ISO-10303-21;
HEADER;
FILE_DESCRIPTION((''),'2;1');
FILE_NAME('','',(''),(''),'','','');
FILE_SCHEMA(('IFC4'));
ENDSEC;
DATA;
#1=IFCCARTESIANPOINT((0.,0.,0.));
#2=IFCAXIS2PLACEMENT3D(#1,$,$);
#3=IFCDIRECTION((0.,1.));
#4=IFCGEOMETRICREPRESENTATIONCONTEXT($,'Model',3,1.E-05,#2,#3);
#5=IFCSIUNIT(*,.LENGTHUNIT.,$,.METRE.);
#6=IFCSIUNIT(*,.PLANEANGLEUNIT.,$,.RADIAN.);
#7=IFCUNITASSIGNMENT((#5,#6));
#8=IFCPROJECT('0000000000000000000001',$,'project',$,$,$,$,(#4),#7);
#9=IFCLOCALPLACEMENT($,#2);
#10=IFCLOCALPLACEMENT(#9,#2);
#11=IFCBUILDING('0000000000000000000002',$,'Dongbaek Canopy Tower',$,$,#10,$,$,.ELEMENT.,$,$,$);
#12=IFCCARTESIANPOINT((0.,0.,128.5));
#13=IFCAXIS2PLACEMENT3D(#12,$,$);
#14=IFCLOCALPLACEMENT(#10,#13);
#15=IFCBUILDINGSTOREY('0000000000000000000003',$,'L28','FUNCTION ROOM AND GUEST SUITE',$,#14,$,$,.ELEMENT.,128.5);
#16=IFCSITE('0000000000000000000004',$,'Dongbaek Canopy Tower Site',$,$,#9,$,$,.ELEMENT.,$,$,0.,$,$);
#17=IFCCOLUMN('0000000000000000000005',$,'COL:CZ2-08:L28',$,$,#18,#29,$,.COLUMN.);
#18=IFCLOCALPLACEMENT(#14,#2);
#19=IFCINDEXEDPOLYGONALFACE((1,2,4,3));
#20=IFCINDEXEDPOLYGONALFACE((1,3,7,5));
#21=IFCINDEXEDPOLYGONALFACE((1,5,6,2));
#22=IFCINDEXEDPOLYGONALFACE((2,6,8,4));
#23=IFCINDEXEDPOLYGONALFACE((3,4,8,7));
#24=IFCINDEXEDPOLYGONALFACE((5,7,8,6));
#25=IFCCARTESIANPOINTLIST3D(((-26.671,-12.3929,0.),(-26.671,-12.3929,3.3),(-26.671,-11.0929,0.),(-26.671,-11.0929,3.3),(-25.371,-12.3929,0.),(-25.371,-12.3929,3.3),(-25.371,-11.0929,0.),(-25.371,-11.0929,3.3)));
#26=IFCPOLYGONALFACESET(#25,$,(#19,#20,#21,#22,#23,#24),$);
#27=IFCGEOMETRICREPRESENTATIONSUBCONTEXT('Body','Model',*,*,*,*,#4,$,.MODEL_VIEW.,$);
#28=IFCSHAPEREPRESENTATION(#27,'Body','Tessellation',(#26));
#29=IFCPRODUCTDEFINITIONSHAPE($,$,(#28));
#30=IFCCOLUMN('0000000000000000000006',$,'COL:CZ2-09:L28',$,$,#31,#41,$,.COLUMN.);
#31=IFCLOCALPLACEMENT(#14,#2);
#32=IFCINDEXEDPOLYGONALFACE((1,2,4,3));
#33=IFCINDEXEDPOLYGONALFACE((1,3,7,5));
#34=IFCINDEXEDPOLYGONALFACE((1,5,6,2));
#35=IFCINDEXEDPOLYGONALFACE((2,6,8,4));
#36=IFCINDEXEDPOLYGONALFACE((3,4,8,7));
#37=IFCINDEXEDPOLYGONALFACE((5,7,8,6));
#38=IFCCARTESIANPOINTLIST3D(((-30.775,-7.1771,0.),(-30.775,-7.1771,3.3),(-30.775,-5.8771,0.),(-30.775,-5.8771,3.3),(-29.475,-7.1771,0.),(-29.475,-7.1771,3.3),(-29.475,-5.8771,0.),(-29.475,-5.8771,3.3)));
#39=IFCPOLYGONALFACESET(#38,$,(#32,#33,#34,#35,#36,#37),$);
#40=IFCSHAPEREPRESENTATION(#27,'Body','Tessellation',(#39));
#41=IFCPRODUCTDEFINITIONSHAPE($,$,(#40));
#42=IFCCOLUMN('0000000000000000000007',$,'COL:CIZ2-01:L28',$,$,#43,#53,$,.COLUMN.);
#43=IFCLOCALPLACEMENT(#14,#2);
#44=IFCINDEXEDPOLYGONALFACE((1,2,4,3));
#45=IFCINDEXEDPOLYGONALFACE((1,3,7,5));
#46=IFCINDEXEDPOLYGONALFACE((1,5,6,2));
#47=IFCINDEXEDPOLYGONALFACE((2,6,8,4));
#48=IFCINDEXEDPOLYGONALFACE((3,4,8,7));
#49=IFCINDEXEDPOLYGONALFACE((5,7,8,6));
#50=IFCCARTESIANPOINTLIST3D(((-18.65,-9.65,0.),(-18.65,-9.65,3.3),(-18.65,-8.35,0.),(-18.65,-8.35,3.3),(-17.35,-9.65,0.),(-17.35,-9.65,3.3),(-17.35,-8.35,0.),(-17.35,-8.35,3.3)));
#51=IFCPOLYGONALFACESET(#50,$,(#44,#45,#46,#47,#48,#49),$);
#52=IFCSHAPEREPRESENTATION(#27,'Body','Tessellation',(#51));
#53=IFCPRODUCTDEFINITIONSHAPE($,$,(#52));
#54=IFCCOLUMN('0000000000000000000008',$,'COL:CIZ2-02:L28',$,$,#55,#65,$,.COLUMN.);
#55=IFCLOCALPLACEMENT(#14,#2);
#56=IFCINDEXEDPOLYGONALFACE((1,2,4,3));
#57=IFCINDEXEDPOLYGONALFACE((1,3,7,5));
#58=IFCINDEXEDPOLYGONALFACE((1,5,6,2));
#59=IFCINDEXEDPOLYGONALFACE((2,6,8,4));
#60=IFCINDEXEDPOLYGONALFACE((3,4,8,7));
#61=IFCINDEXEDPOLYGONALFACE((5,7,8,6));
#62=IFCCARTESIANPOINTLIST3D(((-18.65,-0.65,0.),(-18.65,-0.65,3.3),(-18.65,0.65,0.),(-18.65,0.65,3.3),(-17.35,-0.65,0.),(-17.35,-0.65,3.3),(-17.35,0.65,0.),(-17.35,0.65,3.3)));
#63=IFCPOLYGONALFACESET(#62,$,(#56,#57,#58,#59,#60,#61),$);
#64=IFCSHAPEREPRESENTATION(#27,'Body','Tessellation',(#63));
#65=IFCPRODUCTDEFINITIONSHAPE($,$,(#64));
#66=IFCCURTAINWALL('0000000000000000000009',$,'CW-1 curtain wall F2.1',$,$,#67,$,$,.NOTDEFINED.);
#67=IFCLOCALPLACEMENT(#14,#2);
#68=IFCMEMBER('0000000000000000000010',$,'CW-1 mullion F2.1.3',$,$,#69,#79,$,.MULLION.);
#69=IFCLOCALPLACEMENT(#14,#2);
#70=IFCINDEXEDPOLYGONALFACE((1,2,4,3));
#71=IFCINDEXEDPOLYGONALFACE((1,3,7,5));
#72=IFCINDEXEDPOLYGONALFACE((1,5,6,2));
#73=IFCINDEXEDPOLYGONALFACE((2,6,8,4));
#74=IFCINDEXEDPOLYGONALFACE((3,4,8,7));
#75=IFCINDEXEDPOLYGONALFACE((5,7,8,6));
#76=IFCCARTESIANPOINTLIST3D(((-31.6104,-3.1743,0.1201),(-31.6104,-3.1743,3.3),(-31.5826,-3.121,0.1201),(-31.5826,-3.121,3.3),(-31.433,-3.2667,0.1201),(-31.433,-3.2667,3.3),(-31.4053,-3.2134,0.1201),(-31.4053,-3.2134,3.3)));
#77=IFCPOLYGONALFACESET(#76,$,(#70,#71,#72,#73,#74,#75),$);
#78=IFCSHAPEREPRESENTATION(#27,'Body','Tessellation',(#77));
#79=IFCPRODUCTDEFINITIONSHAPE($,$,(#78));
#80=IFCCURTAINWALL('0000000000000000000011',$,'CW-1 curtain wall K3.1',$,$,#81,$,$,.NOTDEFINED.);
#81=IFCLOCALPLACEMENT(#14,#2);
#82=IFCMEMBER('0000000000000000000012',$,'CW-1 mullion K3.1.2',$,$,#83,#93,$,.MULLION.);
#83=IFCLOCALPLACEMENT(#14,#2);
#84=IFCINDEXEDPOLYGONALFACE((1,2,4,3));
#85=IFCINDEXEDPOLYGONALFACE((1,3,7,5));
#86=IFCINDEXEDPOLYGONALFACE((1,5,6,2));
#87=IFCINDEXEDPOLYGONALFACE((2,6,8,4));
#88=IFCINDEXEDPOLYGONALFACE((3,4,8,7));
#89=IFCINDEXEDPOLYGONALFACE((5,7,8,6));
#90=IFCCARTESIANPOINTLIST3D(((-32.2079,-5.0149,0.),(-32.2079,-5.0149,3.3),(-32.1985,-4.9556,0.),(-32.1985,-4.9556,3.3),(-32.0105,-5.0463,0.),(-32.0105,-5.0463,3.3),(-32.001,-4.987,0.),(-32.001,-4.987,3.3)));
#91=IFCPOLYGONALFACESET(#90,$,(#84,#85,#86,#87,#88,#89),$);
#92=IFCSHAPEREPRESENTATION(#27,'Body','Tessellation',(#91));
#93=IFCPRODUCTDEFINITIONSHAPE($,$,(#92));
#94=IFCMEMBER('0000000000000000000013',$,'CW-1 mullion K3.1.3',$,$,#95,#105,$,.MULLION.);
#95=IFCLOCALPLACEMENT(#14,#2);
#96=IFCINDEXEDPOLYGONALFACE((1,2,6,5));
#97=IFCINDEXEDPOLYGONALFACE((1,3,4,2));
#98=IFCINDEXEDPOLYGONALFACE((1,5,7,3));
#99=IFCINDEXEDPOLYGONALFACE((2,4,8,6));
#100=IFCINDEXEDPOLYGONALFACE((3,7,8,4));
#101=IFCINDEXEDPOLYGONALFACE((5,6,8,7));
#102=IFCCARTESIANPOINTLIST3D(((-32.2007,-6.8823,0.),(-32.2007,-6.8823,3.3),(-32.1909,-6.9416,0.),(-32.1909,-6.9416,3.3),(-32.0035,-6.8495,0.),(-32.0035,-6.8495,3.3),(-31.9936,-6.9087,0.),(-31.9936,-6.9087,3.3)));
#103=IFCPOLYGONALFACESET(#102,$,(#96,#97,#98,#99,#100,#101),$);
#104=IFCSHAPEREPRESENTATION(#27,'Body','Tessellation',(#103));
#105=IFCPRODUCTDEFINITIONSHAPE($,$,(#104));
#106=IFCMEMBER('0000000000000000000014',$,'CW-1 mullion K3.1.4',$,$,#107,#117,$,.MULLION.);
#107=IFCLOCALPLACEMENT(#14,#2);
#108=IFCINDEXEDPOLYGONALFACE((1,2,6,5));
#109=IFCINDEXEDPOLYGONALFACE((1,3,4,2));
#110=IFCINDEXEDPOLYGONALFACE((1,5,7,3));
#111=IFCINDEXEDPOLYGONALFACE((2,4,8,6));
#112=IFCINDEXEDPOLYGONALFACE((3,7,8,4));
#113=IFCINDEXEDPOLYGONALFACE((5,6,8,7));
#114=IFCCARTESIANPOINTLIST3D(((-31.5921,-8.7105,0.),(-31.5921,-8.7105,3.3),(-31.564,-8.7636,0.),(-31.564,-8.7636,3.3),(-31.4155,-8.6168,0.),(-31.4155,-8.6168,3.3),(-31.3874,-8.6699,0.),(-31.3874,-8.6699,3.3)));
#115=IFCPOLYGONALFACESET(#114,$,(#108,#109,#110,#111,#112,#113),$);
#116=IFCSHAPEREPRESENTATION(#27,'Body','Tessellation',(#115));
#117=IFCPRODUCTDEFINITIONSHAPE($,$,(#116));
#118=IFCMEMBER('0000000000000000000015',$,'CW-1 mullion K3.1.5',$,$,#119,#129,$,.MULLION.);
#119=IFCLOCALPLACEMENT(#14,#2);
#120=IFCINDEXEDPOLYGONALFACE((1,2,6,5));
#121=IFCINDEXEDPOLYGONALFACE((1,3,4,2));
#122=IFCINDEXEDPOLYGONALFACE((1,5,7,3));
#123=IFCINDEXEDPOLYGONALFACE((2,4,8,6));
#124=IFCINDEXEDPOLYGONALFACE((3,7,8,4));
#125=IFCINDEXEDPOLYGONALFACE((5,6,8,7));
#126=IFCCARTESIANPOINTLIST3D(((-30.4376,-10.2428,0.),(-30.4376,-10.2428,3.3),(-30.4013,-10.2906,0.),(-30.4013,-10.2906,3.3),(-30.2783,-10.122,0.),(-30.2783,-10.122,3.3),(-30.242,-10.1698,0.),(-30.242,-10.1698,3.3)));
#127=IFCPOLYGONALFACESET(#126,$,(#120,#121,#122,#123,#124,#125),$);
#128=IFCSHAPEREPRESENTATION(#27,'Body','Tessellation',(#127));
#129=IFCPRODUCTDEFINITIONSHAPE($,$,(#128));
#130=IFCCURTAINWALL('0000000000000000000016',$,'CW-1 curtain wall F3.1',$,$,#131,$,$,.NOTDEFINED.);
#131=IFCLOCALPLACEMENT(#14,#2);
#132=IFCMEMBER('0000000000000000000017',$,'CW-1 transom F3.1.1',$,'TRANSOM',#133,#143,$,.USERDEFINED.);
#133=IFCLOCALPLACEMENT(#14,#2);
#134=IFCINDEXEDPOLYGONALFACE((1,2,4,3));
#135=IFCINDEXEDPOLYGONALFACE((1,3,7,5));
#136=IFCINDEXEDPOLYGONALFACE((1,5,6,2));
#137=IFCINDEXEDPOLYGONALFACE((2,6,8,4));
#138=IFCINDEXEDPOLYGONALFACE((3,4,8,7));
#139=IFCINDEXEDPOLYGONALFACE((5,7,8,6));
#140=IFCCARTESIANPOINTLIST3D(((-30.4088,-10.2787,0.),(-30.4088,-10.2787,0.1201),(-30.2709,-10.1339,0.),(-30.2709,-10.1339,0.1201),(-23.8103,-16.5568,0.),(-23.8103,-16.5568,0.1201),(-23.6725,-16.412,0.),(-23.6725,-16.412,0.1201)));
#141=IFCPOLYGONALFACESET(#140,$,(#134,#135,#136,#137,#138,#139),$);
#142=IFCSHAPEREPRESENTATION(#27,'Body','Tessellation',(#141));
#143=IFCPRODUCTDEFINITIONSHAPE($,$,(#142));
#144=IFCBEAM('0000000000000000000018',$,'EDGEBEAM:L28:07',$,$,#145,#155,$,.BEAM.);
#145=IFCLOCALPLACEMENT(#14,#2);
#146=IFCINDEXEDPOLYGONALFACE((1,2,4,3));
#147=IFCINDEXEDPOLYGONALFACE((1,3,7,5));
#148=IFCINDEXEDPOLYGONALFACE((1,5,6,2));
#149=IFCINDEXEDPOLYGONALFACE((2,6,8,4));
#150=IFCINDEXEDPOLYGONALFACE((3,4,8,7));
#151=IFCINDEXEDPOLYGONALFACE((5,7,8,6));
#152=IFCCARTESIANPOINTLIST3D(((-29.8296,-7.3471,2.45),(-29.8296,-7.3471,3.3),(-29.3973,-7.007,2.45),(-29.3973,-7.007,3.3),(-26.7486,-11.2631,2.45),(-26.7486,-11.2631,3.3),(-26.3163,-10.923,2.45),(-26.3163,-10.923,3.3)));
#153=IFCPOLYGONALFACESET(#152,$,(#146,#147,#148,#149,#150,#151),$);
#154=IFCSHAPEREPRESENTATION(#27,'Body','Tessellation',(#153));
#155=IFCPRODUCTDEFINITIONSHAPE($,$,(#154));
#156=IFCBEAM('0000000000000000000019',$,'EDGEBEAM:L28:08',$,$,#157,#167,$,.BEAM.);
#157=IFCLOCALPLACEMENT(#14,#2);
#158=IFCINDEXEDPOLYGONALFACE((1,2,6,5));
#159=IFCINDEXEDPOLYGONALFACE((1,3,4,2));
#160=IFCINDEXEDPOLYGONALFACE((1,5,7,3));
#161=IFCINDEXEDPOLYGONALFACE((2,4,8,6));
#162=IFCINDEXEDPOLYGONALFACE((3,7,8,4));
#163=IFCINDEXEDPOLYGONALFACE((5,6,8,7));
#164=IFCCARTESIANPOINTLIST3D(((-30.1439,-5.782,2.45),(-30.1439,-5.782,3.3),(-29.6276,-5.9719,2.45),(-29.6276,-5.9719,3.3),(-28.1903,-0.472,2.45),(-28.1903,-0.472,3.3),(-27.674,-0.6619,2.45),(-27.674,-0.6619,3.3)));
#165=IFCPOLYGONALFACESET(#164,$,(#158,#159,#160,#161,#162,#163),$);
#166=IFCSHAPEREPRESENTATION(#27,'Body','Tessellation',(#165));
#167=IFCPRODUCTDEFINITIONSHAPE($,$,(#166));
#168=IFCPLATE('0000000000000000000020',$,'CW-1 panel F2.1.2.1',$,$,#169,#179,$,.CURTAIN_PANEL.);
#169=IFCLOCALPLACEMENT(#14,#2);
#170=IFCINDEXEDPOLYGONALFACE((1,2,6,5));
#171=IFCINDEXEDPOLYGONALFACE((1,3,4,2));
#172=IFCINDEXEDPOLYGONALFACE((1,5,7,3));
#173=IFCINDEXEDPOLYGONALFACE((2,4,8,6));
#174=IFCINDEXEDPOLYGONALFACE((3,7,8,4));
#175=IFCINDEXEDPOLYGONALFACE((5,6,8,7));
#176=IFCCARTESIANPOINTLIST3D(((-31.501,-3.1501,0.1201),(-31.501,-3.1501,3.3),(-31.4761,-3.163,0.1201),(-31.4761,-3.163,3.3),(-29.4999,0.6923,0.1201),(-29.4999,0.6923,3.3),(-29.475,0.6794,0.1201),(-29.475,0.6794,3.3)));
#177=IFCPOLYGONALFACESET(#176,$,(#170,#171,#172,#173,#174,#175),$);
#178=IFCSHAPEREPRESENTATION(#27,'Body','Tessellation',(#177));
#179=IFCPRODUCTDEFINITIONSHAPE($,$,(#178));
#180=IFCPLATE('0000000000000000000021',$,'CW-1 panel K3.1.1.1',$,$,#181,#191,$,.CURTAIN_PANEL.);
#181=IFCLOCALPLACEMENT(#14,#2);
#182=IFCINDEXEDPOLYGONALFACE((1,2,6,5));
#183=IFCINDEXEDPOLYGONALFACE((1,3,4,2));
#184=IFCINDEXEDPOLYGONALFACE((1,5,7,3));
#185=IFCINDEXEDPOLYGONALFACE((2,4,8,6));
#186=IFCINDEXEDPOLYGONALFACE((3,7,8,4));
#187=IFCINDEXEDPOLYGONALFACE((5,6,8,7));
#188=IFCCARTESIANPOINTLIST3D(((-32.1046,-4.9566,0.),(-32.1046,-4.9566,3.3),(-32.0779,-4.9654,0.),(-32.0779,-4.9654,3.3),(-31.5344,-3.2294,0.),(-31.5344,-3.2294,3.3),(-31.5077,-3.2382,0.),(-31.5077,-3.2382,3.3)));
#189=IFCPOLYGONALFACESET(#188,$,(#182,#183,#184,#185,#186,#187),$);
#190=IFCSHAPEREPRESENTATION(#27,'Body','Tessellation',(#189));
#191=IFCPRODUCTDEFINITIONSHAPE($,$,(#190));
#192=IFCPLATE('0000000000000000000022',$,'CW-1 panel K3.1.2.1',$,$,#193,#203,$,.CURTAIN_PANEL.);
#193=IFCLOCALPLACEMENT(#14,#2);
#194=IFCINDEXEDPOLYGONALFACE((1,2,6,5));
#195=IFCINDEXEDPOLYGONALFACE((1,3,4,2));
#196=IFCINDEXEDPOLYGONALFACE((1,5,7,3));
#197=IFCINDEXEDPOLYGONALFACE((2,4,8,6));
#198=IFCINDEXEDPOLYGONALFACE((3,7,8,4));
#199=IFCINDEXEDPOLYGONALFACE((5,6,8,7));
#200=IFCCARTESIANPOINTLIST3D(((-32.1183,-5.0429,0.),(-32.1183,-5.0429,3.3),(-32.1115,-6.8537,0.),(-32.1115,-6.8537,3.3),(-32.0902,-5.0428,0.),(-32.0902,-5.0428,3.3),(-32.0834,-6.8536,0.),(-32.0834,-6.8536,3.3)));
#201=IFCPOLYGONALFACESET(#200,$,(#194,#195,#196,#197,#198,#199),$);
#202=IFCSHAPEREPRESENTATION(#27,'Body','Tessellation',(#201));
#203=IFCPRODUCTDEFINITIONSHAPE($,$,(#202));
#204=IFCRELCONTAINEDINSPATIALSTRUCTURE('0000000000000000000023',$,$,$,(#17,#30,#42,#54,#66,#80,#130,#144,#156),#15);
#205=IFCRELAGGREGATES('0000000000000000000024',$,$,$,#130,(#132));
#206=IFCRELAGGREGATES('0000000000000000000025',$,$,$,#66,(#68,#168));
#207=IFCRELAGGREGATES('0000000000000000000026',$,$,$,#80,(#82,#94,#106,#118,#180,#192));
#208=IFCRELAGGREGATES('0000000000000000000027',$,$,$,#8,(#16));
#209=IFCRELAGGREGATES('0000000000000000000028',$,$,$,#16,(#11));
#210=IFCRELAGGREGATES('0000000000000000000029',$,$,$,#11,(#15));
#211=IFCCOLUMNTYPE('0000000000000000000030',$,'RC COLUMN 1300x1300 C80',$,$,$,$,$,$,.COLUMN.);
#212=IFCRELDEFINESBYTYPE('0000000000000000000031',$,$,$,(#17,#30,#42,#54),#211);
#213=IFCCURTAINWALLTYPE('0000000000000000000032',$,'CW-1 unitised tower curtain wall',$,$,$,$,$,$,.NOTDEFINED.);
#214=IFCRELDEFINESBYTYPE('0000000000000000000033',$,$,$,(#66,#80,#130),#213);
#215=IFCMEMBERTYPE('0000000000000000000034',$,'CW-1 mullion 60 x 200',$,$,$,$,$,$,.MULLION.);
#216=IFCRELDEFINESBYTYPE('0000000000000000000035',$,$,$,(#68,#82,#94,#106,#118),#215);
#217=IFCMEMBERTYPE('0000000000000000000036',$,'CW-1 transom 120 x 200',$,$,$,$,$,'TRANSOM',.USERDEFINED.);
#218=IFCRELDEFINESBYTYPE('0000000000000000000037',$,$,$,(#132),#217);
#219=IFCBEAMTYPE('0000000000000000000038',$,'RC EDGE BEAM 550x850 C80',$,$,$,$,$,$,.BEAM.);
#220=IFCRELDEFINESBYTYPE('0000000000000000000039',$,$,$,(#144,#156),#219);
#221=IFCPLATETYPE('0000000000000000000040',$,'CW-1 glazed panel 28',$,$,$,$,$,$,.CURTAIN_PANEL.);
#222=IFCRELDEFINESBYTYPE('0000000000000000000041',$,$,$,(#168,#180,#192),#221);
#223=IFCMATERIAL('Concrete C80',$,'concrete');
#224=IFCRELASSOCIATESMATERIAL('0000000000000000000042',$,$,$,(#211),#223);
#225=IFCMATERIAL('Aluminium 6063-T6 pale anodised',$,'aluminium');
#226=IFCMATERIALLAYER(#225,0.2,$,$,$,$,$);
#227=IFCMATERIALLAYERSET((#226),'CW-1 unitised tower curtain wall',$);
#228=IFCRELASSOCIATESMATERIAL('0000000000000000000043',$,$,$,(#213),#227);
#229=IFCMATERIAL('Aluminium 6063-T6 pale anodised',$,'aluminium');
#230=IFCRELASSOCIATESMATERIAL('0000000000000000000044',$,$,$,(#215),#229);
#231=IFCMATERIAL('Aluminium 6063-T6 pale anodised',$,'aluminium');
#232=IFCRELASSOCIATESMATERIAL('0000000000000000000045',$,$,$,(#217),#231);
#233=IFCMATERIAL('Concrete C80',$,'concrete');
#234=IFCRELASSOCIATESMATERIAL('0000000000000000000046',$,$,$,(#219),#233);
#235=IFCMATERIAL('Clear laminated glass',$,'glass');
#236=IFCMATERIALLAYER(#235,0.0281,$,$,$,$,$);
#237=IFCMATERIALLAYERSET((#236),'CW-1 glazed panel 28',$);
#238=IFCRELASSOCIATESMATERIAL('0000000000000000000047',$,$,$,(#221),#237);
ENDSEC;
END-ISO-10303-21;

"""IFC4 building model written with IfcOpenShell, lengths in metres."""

from ifc_helpers import new_model, si_unit, direction, frame, origin, origin_2d, place, context, subcontext, project, spatial, rectangle, extrude, material, layer, layer_set, material_profile, profile_set, type_object, element, aggregate, save


model = new_model("IFC4")

# Units and contexts
model_context = context("Model", 3, precision=1e-05, world=origin(), true_north=direction((0.0, 1.0)))
body_context = subcontext(model_context, "Body", "Model", "MODEL_VIEW")
ifc_project = project(units=[si_unit("LENGTHUNIT", "METRE"), si_unit("PLANEANGLEUNIT", "RADIAN")], contexts=[model_context])

# Site, building, storey
site_placement = place(None, origin())
site = spatial("IfcSite", under=ifc_project, at=site_placement, Name="Dongbaek Canopy Tower Site", CompositionType="ELEMENT", RefElevation=0.0)
building_placement = place(site_placement, origin())
building = spatial("IfcBuilding", under=site, at=building_placement, Name="Dongbaek Canopy Tower", CompositionType="ELEMENT")
storey_placement = place(building_placement, frame((0.0, 0.0, 128.5)))
storey = spatial("IfcBuildingStorey", under=building, at=storey_placement, Name="L28", Description="FUNCTION ROOM AND GUEST SUITE", CompositionType="ELEMENT", Elevation=128.5)

# Columns
ifc_material_1 = material(Name="Concrete C80", Category="concrete")
ifc_material_profile_1 = material_profile(ifc_material_1, rectangle(XDim=1.3, YDim=1.3, at=origin_2d()), Name="RC COLUMN 1300x1300 C80")
ifc_profile_set_1 = profile_set([ifc_material_profile_1], Name="Concrete C80")
column_type = type_object("IfcColumnType", Name="RC COLUMN 1300x1300 C80", PredefinedType="COLUMN", material=ifc_profile_set_1)
for number, where, z_axis, x_axis, name in (
    (1, (-26.021, -11.7429, 0.0), (0.0, 0.0, 1.0), (1.0, 0.0, 0.0), "COL:CZ2-08:L28"),
    (2, (-30.125, -6.5271, 0.0), (0.0, 0.0, 1.0), (1.0, 0.0, 0.0), "COL:CZ2-09:L28"),
    (3, (-18.0, -9.0, 0.0), (0.0, 0.0, 1.0), (1.0, 0.0, 0.0), "COL:CIZ2-01:L28"),
    (4, (-18.0, 0.0, 0.0), (0.0, 0.0, 1.0), (1.0, 0.0, 0.0), "COL:CIZ2-02:L28"),
):
    element("IfcColumn", number, at=place(storey_placement, frame(where, z_axis=z_axis, x_axis=x_axis)), inside=storey, type_object=column_type, Name=name, PredefinedType="COLUMN", context=body_context, shape_type="SweptSolid", body=[
        extrude(rectangle(XDim=1.3, YDim=1.3, at=origin_2d()), origin(), (0.0, 0.0, 1.0), 3.3),
    ])

# Curtain wall, member
ifc_material_2 = material(Name="Aluminium 6063-T6 pale anodised", Category="aluminium")
ifc_layer_1 = layer(ifc_material_2, 0.2)
ifc_layer_set_1 = layer_set([ifc_layer_1], Name="CW-1 unitised tower curtain wall")
curtain_wall_type = type_object("IfcCurtainWallType", Name="CW-1 unitised tower curtain wall", PredefinedType="NOTDEFINED", material=ifc_layer_set_1)
curtain_wall_1_placement = place(storey_placement, origin())
curtain_wall_1 = element("IfcCurtainWall", 5, at=curtain_wall_1_placement, inside=storey, type_object=curtain_wall_type, Name="CW-1 curtain wall F2.1", PredefinedType="NOTDEFINED")
ifc_material_3 = material(Name="Aluminium 6063-T6 pale anodised", Category="aluminium")
ifc_material_profile_2 = material_profile(ifc_material_3, rectangle(XDim=0.2, YDim=0.0601, at=origin_2d()), Name="CW-1 mullion 60 x 200")
ifc_profile_set_2 = profile_set([ifc_material_profile_2], Name="Aluminium 6063-T6 pale anodised")
member_type_1 = type_object("IfcMemberType", Name="CW-1 mullion 60 x 200", PredefinedType="MULLION", material=ifc_profile_set_2)
member_1_placement = place(storey_placement, frame((-31.5078, -3.1938, 0.1201), z_axis=(0.0, 0.0, 1.0), x_axis=(-0.886927, 0.46191, 0.0)))
member_1 = element("IfcMember", 6, at=member_1_placement, type_object=member_type_1, Name="CW-1 mullion F2.1.3", PredefinedType="MULLION", context=body_context, shape_type="SweptSolid", body=[
    extrude(rectangle(XDim=0.2, YDim=0.0601, at=origin_2d()), origin(), (0.0, 0.0, 1.0), 3.1799),
])

# Curtain wall, members
curtain_wall_2_placement = place(storey_placement, origin())
curtain_wall_2 = element("IfcCurtainWall", 7, at=curtain_wall_2_placement, inside=storey, type_object=curtain_wall_type, Name="CW-1 curtain wall K3.1", PredefinedType="NOTDEFINED")
member_2_placement = place(storey_placement, frame((-32.1045, -5.001, 0.0), z_axis=(0.0, 0.0, 1.0), x_axis=(-0.987616, 0.156892, 0.0)))
member_2 = element("IfcMember", 8, at=member_2_placement, type_object=member_type_1, Name="CW-1 mullion K3.1.2", PredefinedType="MULLION", context=body_context, shape_type="SweptSolid", body=[
    extrude(rectangle(XDim=0.2, YDim=0.0601, at=origin_2d()), origin(), (0.0, 0.0, 1.0), 3.3),
])
member_3_placement = place(storey_placement, frame((-32.0972, -6.8955, 0.0), z_axis=(0.0, 0.0, 1.0), x_axis=(-0.986408, -0.164313, 0.0)))
member_3 = element("IfcMember", 9, at=member_3_placement, type_object=member_type_1, Name="CW-1 mullion K3.1.3", PredefinedType="MULLION", context=body_context, shape_type="SweptSolid", body=[
    extrude(rectangle(XDim=0.2, YDim=0.0601, at=origin_2d()), origin(), (0.0, 0.0, 1.0), 3.3),
])
member_4_placement = place(storey_placement, frame((-31.4897, -8.6902, 0.0), z_axis=(0.0, 0.0, 1.0), x_axis=(-0.883429, -0.468566, 0.0)))
member_4 = element("IfcMember", 10, at=member_4_placement, type_object=member_type_1, Name="CW-1 mullion K3.1.4", PredefinedType="MULLION", context=body_context, shape_type="SweptSolid", body=[
    extrude(rectangle(XDim=0.2, YDim=0.0601, at=origin_2d()), origin(), (0.0, 0.0, 1.0), 3.3),
])
member_5_placement = place(storey_placement, frame((-30.3398, -10.2063, 0.0), z_axis=(0.0, 0.0, 1.0), x_axis=(-0.796707, -0.604365, 0.0)))
member_5 = element("IfcMember", 11, at=member_5_placement, type_object=member_type_1, Name="CW-1 mullion K3.1.5", PredefinedType="MULLION", context=body_context, shape_type="SweptSolid", body=[
    extrude(rectangle(XDim=0.2, YDim=0.0601, at=origin_2d()), origin(), (0.0, 0.0, 1.0), 3.3),
])

# Curtain wall, member
curtain_wall_3_placement = place(storey_placement, origin())
curtain_wall_3 = element("IfcCurtainWall", 12, at=curtain_wall_3_placement, inside=storey, type_object=curtain_wall_type, Name="CW-1 curtain wall F3.1", PredefinedType="NOTDEFINED")
ifc_material_4 = material(Name="Aluminium 6063-T6 pale anodised", Category="aluminium")
ifc_material_profile_3 = material_profile(ifc_material_4, rectangle(XDim=0.2, YDim=0.1201, at=origin_2d()), Name="CW-1 transom 120 x 200")
ifc_profile_set_3 = profile_set([ifc_material_profile_3], Name="Aluminium 6063-T6 pale anodised")
member_type_2 = type_object("IfcMemberType", Name="CW-1 transom 120 x 200", ElementType="TRANSOM", PredefinedType="USERDEFINED", material=ifc_profile_set_3)
member_6_placement = place(storey_placement, frame((-30.3398, -10.2063, 0.0601), z_axis=(0.724473, -0.689304, 0.0), x_axis=(0.689304, 0.724473, 0.0)))
member_6 = element("IfcMember", 13, at=member_6_placement, type_object=member_type_2, Name="CW-1 transom F3.1.1", ObjectType="TRANSOM", PredefinedType="USERDEFINED", context=body_context, shape_type="SweptSolid", body=[
    extrude(rectangle(XDim=0.2, YDim=0.1201, at=origin_2d()), origin(), (0.0, 0.0, 1.0), 9.1079),
])

# Beams
ifc_material_5 = material(Name="Concrete C80", Category="concrete")
ifc_material_profile_4 = material_profile(ifc_material_5, rectangle(XDim=0.55, YDim=0.8501, at=origin_2d()), Name="RC EDGE BEAM 550x850 C80")
ifc_profile_set_4 = profile_set([ifc_material_profile_4], Name="Concrete C80")
beam_type = type_object("IfcBeamType", Name="RC EDGE BEAM 550x850 C80", PredefinedType="BEAM", material=ifc_profile_set_4)
beam_1_placement = place(storey_placement, frame((-26.5325, -11.093, 2.875), z_axis=(-0.618341, 0.78591, 0.0), x_axis=(-0.78591, -0.618341, 0.0)))
element("IfcBeam", 14, at=beam_1_placement, inside=storey, type_object=beam_type, Name="EDGEBEAM:L28:07", PredefinedType="BEAM", context=body_context, shape_type="SweptSolid", body=[
    extrude(rectangle(XDim=0.55, YDim=0.8501, at=origin_2d()), origin(), (0.0, 0.0, 1.0), 4.9827),
])
beam_2_placement = place(storey_placement, frame((-29.8857, -5.877, 2.875), z_axis=(0.345281, 0.938499, 0.0), x_axis=(-0.938499, 0.345281, 0.0)))
element("IfcBeam", 15, at=beam_2_placement, inside=storey, type_object=beam_type, Name="EDGEBEAM:L28:08", PredefinedType="BEAM", context=body_context, shape_type="SweptSolid", body=[
    extrude(rectangle(XDim=0.55, YDim=0.8501, at=origin_2d()), origin(), (0.0, 0.0, 1.0), 5.658),
])

# Plates
ifc_material_6 = material(Name="Clear laminated glass", Category="glass")
ifc_layer_2 = layer(ifc_material_6, 0.0281)
ifc_layer_set_2 = layer_set([ifc_layer_2], Name="CW-1 glazed panel 28")
plate_type = type_object("IfcPlateType", Name="CW-1 glazed panel 28", PredefinedType="CURTAIN_PANEL", material=ifc_layer_set_2)
plate_1_placement = place(storey_placement, frame((-30.488, -1.2354, 0.1201), z_axis=(0.0, 0.0, 1.0), x_axis=(-0.46191, -0.886927, 0.0)))
plate_1 = element("IfcPlate", 16, at=plate_1_placement, type_object=plate_type, Name="CW-1 panel F2.1.2.1", PredefinedType="CURTAIN_PANEL", context=body_context, shape_type="SweptSolid", body=[
    extrude(rectangle(XDim=4.3323, YDim=0.0281, at=origin_2d()), origin(), (0.0, 0.0, 1.0), 3.1799),
])
plate_2_placement = place(storey_placement, frame((-31.8062, -4.0974, 0.0), z_axis=(0.0, 0.0, 1.0), x_axis=(-0.31347, -0.949598, 0.0)))
plate_2 = element("IfcPlate", 17, at=plate_2_placement, type_object=plate_type, Name="CW-1 panel K3.1.1.1", PredefinedType="CURTAIN_PANEL", context=body_context, shape_type="SweptSolid", body=[
    extrude(rectangle(XDim=1.8188, YDim=0.0281, at=origin_2d()), origin(), (0.0, 0.0, 1.0), 3.3),
])
plate_3_placement = place(storey_placement, frame((-32.1008, -5.9482, 0.0), z_axis=(0.0, 0.0, 1.0), x_axis=(0.003759, -0.999993, 0.0)))
plate_3 = element("IfcPlate", 18, at=plate_3_placement, type_object=plate_type, Name="CW-1 panel K3.1.2.1", PredefinedType="CURTAIN_PANEL", context=body_context, shape_type="SweptSolid", body=[
    extrude(rectangle(XDim=1.8108, YDim=0.0281, at=origin_2d()), origin(), (0.0, 0.0, 1.0), 3.3),
])
aggregate(curtain_wall_3, [member_6])

aggregate(curtain_wall_1, [member_1, plate_1])
aggregate(curtain_wall_2, [member_2, member_3, member_4, member_5, plate_2, plate_3])

save(model, "model.ifc")
